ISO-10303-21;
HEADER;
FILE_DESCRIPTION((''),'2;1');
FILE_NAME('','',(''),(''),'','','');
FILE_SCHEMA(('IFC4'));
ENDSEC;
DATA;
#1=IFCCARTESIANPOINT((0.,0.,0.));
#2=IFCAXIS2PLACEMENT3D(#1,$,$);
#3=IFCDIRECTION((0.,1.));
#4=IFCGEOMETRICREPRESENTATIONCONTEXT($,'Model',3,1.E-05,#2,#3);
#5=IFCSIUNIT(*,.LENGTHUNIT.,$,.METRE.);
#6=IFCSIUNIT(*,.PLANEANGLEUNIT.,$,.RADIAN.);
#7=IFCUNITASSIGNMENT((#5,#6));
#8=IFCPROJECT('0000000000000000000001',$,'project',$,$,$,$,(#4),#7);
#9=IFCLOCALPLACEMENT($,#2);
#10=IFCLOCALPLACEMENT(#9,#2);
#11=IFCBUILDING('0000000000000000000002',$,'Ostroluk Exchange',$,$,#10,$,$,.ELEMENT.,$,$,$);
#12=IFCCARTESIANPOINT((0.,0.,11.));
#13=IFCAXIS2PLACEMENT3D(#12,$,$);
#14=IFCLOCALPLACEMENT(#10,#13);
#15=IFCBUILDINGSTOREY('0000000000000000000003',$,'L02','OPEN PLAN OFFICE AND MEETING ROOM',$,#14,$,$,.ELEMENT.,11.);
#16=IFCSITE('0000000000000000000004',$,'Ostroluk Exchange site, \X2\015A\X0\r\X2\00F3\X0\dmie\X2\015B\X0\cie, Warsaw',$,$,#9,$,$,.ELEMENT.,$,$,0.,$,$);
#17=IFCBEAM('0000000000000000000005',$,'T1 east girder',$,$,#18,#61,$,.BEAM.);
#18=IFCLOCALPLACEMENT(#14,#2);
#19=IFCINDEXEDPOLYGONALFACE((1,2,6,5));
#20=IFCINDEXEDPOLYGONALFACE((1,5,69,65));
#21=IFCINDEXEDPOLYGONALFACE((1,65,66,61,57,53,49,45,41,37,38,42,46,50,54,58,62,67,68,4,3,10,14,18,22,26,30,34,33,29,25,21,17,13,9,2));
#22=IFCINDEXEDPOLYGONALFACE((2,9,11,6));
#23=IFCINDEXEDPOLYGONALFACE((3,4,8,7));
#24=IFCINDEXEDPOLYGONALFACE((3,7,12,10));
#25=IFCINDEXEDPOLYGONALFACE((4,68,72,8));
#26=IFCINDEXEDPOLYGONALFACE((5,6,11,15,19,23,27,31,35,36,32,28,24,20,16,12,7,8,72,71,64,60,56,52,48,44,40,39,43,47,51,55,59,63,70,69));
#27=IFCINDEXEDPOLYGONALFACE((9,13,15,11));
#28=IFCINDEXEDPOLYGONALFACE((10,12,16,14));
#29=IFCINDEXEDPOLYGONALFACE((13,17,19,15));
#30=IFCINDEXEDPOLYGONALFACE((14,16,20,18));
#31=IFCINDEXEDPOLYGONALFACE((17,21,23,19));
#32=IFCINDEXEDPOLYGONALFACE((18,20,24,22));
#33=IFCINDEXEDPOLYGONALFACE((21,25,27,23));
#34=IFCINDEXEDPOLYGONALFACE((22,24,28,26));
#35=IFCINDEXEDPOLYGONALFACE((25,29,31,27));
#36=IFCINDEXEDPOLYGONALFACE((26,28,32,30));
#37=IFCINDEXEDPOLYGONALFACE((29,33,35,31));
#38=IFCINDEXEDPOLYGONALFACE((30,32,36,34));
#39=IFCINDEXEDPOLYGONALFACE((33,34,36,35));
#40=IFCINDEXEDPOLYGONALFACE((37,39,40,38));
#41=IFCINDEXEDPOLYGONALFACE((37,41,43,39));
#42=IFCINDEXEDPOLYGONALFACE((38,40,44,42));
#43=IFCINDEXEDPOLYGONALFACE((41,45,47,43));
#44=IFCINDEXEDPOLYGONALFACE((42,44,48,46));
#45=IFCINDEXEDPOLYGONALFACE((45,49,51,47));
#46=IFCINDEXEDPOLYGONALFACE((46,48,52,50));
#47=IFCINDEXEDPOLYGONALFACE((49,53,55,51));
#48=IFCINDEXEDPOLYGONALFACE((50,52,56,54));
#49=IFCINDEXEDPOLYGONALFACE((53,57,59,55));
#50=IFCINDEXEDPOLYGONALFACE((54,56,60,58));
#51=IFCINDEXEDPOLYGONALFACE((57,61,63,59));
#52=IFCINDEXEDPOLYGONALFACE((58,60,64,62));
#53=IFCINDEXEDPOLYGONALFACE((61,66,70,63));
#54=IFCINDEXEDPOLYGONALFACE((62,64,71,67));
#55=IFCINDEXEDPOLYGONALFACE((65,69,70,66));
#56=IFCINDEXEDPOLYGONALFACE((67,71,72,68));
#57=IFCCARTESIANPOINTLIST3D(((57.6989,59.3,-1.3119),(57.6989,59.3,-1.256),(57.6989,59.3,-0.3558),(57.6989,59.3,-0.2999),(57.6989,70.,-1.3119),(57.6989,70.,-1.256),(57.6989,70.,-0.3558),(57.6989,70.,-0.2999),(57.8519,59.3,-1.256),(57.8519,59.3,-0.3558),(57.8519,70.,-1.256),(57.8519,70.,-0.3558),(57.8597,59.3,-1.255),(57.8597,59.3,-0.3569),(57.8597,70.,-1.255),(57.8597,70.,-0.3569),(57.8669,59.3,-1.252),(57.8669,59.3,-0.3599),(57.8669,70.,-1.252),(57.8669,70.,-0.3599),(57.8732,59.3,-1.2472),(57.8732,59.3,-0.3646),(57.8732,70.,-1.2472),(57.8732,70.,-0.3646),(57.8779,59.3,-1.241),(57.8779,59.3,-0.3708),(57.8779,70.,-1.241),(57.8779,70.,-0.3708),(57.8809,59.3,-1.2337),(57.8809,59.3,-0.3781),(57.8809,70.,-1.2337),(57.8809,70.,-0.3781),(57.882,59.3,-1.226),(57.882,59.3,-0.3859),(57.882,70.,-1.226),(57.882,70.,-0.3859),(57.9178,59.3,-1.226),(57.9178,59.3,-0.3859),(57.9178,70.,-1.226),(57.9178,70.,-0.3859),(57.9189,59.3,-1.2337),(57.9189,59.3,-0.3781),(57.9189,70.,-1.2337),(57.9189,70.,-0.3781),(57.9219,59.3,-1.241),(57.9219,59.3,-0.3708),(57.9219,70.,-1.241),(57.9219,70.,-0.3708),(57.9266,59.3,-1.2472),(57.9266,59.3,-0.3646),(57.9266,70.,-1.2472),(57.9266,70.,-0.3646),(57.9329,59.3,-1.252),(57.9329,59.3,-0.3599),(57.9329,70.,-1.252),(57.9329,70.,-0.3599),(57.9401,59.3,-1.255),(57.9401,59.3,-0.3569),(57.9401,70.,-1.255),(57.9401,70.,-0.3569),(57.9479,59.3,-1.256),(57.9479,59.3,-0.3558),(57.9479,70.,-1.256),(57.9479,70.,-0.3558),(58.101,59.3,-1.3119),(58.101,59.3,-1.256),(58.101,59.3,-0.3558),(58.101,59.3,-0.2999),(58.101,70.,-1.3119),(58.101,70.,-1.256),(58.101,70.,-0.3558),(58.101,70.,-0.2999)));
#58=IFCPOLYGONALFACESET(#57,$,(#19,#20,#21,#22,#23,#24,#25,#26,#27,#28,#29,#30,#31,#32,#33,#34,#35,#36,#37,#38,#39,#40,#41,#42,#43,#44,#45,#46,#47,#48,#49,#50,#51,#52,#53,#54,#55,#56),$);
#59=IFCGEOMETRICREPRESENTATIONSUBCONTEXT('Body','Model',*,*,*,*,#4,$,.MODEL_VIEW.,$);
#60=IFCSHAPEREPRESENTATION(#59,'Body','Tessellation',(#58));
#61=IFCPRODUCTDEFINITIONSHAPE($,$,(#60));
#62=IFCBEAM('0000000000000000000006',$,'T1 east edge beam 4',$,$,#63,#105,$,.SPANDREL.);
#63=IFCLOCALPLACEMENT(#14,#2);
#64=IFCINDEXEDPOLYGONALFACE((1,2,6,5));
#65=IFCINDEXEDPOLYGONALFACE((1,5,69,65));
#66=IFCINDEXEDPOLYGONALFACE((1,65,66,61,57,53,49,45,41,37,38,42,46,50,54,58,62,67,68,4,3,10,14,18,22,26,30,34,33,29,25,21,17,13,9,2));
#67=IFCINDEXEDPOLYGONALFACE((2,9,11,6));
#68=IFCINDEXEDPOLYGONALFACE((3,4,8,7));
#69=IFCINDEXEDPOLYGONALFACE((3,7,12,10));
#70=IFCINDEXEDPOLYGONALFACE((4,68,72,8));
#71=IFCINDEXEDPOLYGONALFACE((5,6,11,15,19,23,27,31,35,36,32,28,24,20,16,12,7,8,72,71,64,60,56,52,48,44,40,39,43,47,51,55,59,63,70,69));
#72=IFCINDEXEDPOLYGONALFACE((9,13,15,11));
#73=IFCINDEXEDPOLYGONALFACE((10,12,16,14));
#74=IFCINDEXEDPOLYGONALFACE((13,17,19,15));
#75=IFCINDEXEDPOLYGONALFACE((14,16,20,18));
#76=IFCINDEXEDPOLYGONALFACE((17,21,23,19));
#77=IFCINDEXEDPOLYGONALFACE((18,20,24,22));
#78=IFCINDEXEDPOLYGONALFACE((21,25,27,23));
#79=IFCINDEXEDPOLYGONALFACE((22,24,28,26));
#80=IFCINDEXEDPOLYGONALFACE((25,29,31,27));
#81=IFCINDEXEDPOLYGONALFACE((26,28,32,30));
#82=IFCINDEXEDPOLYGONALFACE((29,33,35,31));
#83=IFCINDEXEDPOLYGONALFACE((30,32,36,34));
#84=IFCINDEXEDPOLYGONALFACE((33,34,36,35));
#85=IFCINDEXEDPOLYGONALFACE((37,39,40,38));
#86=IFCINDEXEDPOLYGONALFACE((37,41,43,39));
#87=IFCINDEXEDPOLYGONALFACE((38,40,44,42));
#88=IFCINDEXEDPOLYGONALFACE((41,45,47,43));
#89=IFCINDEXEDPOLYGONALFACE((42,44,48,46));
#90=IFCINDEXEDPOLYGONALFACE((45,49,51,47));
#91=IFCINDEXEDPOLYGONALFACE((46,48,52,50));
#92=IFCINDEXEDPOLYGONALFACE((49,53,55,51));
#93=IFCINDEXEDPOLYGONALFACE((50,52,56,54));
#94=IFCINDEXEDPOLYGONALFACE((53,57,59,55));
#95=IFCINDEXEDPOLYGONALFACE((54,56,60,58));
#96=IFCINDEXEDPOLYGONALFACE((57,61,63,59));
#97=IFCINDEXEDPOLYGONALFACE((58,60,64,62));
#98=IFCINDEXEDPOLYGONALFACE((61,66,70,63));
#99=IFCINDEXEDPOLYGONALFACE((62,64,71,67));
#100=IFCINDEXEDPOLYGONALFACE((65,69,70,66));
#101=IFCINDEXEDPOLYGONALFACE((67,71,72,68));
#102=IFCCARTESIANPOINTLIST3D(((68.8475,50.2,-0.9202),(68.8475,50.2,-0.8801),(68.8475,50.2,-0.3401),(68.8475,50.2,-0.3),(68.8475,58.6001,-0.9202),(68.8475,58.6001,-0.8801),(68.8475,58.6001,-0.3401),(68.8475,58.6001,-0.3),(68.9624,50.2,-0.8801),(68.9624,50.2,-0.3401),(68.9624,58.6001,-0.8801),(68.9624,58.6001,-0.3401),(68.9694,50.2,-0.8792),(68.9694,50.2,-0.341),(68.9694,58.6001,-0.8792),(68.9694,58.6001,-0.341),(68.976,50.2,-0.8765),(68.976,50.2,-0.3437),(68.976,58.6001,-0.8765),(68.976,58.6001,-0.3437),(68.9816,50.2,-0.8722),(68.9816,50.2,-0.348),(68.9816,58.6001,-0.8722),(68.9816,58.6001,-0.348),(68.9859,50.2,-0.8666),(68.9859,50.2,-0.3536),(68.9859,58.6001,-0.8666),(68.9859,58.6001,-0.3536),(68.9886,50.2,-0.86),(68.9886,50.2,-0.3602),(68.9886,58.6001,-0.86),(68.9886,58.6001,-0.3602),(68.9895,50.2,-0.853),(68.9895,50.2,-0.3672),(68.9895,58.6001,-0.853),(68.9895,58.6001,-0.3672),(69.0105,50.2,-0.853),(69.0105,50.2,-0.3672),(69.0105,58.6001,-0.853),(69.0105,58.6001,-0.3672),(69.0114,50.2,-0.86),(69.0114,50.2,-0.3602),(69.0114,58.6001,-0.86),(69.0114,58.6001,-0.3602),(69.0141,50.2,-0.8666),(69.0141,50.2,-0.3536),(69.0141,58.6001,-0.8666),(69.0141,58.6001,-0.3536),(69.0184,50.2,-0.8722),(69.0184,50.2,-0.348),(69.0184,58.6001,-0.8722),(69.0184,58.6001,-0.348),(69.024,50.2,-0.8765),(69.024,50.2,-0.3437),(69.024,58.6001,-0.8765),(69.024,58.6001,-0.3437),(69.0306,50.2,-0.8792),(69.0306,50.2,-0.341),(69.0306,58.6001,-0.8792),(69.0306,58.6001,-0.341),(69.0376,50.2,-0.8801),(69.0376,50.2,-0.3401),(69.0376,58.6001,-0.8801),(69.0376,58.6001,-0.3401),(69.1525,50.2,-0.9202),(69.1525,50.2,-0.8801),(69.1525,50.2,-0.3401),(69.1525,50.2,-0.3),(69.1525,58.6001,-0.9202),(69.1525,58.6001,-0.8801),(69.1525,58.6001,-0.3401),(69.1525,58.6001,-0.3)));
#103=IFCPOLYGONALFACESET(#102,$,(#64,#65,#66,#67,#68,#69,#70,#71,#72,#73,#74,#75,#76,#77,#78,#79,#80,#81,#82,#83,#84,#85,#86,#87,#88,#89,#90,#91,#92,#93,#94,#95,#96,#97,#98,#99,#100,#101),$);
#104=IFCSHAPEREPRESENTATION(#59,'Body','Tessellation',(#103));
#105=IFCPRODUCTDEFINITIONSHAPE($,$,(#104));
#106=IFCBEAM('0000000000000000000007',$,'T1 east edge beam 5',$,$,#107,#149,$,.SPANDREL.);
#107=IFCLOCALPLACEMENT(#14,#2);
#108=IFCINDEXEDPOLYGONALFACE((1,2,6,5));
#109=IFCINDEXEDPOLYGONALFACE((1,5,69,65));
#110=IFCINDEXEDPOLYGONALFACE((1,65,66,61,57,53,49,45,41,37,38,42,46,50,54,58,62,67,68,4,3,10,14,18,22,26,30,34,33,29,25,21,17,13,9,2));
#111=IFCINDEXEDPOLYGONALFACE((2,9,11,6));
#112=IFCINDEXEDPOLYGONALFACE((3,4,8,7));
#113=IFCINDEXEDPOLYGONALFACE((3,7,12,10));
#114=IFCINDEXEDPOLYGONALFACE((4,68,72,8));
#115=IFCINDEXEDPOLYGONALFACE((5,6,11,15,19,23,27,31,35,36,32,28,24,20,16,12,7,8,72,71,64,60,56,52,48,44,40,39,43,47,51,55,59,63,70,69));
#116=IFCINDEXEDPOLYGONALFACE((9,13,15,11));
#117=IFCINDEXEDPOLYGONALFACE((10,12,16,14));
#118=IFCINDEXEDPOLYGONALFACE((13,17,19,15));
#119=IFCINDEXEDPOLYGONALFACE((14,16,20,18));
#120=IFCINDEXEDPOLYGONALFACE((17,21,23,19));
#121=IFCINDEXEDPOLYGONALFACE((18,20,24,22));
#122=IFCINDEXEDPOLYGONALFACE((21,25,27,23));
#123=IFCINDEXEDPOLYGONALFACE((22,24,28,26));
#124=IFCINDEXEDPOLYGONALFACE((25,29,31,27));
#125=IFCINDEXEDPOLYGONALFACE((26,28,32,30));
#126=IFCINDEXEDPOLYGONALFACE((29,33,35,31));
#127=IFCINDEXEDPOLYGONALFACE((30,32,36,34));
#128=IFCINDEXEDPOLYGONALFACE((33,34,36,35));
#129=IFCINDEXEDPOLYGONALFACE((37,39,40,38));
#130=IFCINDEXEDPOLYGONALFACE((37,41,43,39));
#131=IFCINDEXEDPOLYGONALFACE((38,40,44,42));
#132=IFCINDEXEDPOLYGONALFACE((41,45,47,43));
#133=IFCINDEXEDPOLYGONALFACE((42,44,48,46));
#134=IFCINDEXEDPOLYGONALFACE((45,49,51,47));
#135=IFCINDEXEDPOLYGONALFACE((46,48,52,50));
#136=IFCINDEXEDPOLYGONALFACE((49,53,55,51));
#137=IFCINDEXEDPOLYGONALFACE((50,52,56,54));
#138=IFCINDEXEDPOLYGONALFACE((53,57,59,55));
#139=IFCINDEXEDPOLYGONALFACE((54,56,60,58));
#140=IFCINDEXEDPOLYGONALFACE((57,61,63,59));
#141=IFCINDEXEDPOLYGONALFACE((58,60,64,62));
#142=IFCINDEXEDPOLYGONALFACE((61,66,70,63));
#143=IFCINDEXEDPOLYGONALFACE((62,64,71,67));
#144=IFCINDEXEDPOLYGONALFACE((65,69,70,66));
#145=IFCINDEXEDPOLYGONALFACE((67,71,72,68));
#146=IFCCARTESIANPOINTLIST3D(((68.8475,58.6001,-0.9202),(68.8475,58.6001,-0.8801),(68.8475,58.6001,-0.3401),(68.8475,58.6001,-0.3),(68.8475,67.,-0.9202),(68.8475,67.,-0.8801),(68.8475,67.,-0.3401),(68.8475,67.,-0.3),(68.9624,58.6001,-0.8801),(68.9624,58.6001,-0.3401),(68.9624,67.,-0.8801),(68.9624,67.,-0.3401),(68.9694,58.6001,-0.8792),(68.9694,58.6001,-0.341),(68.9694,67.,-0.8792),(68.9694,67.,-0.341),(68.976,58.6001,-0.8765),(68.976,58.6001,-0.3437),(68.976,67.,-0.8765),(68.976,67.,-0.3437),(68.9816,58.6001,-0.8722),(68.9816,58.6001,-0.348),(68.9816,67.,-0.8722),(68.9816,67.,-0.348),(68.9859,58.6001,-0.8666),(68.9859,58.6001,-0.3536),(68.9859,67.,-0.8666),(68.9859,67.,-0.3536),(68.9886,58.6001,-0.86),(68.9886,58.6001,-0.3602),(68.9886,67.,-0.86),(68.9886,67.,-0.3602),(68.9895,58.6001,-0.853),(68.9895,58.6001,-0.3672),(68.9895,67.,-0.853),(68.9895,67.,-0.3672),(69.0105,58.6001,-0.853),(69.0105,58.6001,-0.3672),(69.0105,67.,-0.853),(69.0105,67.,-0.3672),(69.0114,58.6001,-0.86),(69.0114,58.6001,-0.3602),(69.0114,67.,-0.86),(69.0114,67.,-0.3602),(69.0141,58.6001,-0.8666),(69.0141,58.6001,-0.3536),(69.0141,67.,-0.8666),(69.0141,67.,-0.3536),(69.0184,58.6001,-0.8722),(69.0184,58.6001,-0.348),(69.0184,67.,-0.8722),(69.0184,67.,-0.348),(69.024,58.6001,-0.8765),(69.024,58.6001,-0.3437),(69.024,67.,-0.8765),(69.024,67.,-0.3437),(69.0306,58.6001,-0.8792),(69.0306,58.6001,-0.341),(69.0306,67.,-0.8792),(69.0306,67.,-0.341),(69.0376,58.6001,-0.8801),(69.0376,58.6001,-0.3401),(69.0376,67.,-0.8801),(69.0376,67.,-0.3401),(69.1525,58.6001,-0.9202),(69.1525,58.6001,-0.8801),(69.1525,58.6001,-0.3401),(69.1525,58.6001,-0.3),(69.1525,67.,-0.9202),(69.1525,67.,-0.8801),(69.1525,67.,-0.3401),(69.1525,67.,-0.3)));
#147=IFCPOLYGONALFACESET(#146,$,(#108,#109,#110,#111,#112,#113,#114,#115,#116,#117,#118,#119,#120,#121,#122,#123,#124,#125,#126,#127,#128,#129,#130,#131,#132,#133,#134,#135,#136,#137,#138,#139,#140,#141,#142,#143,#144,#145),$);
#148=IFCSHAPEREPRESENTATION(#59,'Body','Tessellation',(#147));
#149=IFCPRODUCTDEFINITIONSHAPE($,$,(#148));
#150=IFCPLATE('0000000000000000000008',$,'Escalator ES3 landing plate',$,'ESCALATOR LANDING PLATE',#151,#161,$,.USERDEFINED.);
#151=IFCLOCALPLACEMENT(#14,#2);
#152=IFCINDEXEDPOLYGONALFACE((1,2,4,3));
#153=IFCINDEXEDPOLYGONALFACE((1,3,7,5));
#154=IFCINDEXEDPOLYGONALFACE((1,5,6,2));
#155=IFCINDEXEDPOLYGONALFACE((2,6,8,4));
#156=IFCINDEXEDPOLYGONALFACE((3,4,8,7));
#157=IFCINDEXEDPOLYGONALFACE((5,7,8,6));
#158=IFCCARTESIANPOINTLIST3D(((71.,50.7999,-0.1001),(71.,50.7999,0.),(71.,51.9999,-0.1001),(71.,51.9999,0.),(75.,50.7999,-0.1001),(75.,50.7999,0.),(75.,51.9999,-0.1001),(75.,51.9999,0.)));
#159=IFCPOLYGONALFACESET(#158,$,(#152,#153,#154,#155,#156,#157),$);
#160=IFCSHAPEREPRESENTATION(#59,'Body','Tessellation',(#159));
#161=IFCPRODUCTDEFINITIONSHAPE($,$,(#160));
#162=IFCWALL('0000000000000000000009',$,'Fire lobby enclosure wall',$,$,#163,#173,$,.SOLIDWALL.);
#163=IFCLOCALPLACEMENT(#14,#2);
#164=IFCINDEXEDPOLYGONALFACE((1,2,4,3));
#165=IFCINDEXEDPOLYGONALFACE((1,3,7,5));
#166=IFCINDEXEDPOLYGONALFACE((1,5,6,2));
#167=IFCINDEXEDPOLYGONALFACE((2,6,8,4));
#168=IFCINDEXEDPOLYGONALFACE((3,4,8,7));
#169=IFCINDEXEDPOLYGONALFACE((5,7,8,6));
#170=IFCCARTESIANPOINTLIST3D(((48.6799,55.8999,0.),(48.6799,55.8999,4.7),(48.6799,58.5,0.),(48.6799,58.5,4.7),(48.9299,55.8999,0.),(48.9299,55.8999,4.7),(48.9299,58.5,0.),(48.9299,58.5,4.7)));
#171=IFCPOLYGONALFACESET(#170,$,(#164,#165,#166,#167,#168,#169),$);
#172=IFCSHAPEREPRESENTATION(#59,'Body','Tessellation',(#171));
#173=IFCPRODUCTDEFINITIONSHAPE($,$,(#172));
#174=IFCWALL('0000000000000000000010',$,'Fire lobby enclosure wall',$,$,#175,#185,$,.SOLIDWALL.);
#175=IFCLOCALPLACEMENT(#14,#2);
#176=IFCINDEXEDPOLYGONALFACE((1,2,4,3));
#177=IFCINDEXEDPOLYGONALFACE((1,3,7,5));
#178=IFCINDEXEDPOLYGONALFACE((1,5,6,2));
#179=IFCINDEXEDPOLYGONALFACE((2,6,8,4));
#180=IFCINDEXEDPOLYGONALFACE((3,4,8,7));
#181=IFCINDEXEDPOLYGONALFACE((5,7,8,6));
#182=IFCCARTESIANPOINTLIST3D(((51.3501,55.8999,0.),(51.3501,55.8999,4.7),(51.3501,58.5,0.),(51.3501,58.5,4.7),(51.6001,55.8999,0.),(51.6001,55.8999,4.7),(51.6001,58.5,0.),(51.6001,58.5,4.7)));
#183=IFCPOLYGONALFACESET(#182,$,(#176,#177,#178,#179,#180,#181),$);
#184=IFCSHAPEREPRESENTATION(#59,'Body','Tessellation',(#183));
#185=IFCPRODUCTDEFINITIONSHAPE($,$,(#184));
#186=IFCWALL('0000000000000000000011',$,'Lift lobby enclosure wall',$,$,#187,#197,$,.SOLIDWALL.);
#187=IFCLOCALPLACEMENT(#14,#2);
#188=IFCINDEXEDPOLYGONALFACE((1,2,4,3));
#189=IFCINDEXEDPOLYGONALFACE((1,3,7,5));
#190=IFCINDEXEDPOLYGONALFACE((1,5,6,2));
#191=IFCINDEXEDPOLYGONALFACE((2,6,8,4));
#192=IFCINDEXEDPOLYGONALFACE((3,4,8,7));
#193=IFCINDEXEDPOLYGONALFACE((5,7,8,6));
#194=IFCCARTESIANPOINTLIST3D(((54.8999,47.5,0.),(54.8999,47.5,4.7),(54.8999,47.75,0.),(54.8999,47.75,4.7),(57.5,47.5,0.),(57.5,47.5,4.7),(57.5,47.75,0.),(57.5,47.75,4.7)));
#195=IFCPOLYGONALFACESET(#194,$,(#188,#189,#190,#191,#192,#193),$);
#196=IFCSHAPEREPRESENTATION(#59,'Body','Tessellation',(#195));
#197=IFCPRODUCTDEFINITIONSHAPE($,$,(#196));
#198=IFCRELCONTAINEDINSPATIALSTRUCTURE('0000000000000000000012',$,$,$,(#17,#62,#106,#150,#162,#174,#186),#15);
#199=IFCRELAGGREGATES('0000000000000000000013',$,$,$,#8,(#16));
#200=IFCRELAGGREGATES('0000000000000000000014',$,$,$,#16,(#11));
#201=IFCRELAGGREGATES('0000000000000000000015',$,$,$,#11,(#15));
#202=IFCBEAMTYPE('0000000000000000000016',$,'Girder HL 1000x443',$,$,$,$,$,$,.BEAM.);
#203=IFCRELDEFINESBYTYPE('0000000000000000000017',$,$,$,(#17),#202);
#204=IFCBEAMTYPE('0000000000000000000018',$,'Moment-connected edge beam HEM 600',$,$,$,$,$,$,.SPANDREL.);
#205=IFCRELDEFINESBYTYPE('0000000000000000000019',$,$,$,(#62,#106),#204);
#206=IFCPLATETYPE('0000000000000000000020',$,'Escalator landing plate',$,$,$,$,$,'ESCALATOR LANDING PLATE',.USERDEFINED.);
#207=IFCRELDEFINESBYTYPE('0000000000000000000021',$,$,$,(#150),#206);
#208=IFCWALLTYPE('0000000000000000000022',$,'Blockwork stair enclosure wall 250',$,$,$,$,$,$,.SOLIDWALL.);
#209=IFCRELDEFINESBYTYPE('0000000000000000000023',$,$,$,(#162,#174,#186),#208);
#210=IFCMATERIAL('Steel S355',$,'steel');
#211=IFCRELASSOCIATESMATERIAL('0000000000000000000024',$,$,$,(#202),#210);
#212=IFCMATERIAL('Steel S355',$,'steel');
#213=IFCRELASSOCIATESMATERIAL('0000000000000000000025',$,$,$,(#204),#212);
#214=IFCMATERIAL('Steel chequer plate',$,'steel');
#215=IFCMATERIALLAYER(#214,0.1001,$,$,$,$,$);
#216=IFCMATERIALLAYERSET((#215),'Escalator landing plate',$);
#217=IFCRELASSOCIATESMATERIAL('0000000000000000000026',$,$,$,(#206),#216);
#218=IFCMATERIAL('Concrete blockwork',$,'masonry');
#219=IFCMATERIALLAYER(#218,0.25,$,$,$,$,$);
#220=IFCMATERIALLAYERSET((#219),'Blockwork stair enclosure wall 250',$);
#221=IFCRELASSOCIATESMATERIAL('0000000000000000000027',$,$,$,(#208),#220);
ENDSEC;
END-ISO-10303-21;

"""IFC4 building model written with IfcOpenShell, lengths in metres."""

from ifc_helpers import new_model, si_unit, direction, frame, frame_2d, origin, origin_2d, place, context, subcontext, project, spatial, rectangle, i_section, extrude, material, layer, layer_set, material_profile, profile_set, type_object, element, save


model = new_model("IFC4")

# Units and contexts
model_context = context("Model", 3, precision=1e-05, world=origin(), true_north=direction((0.0, 1.0)))
body_context = subcontext(model_context, "Body", "Model", "MODEL_VIEW")
ifc_project = project(units=[si_unit("LENGTHUNIT", "METRE"), si_unit("PLANEANGLEUNIT", "RADIAN")], contexts=[model_context])

# Site, building, storey
site_placement = place(None, origin())
site = spatial("IfcSite", under=ifc_project, at=site_placement, Name="Ostroluk Exchange site, Śródmieście, Warsaw", CompositionType="ELEMENT", RefElevation=0.0)
building_placement = place(site_placement, origin())
building = spatial("IfcBuilding", under=site, at=building_placement, Name="Ostroluk Exchange", CompositionType="ELEMENT")
storey_placement = place(building_placement, frame((0.0, 0.0, 11.0)))
storey = spatial("IfcBuildingStorey", under=building, at=storey_placement, Name="L02", Description="OPEN PLAN OFFICE AND MEETING ROOM", CompositionType="ELEMENT", Elevation=11.0)

# Beams
ifc_material_1 = material(Name="Steel S355", Category="steel")
ifc_material_profile_1 = material_profile(ifc_material_1, i_section(OverallWidth=0.4021, OverallDepth=1.012, WebThickness=0.0359, FlangeThickness=0.0559, FilletRadius=0.03, at=origin_2d()), Name="HL 1000x443")
ifc_profile_set_1 = profile_set([ifc_material_profile_1], Name="Steel S355")
beam_type_1 = type_object("IfcBeamType", Name="Girder HL 1000x443", PredefinedType="BEAM", material=ifc_profile_set_1)
beam_1_placement = place(storey_placement, frame((57.8999, 59.3, -0.8059), z_axis=(0.0, 1.0, 0.0), x_axis=(-1.0, 0.0, 0.0)))
element("IfcBeam", 1, at=beam_1_placement, inside=storey, type_object=beam_type_1, Name="T1 east girder", PredefinedType="BEAM", context=body_context, shape_type="SweptSolid", body=[
    extrude(i_section(OverallWidth=0.4021, OverallDepth=1.012, WebThickness=0.0359, FlangeThickness=0.0559, FilletRadius=0.03, at=origin_2d()), origin(), (0.0, 0.0, 1.0), 10.7),
])
ifc_material_2 = material(Name="Steel S355", Category="steel")
ifc_material_profile_2 = material_profile(ifc_material_2, i_section(OverallWidth=0.3049, OverallDepth=0.6201, WebThickness=0.021, FlangeThickness=0.04, FilletRadius=0.0271, at=origin_2d()), Name="HEM 600")
ifc_profile_set_2 = profile_set([ifc_material_profile_2], Name="Steel S355")
beam_type_2 = type_object("IfcBeamType", Name="Moment-connected edge beam HEM 600", PredefinedType="SPANDREL", material=ifc_profile_set_2)
beam_2_placement = place(storey_placement, frame((69.0, 50.2, -0.6101), z_axis=(0.0, 1.0, 0.0), x_axis=(-1.0, 0.0, 0.0)))
element("IfcBeam", 2, at=beam_2_placement, inside=storey, type_object=beam_type_2, Name="T1 east edge beam 4", PredefinedType="SPANDREL", context=body_context, shape_type="SweptSolid", body=[
    extrude(i_section(OverallWidth=0.3049, OverallDepth=0.6201, WebThickness=0.021, FlangeThickness=0.04, FilletRadius=0.0271, at=origin_2d()), origin(), (0.0, 0.0, 1.0), 8.4001),
])
beam_3_placement = place(storey_placement, frame((69.0, 58.6001, -0.6101), z_axis=(0.0, 1.0, 0.0), x_axis=(-1.0, 0.0, 0.0)))
element("IfcBeam", 3, at=beam_3_placement, inside=storey, type_object=beam_type_2, Name="T1 east edge beam 5", PredefinedType="SPANDREL", context=body_context, shape_type="SweptSolid", body=[
    extrude(i_section(OverallWidth=0.3049, OverallDepth=0.6201, WebThickness=0.021, FlangeThickness=0.04, FilletRadius=0.0271, at=origin_2d()), origin(), (0.0, 0.0, 1.0), 8.3999),
])

# Plate
ifc_material_3 = material(Name="Steel chequer plate", Category="steel")
ifc_layer_1 = layer(ifc_material_3, 0.1001)
ifc_layer_set_1 = layer_set([ifc_layer_1], Name="Escalator landing plate")
plate_type = type_object("IfcPlateType", Name="Escalator landing plate", ElementType="ESCALATOR LANDING PLATE", PredefinedType="USERDEFINED", material=ifc_layer_set_1)
plate_placement = place(storey_placement, frame((73.0, 51.3999, -0.1001), z_axis=(0.0, 0.0, 1.0), x_axis=(1.0, 0.0, 0.0)))
element("IfcPlate", 4, at=plate_placement, inside=storey, type_object=plate_type, Name="Escalator ES3 landing plate", ObjectType="ESCALATOR LANDING PLATE", PredefinedType="USERDEFINED", context=body_context, shape_type="SweptSolid", body=[
    extrude(rectangle(XDim=4.0, YDim=1.2, at=origin_2d()), origin(), (0.0, 0.0, 1.0), 0.1001),
])

# Walls
ifc_material_4 = material(Name="Concrete blockwork", Category="masonry")
ifc_layer_2 = layer(ifc_material_4, 0.25)
ifc_layer_set_2 = layer_set([ifc_layer_2], Name="Blockwork stair enclosure wall 250")
wall_type_1 = type_object("IfcWallType", Name="Blockwork stair enclosure wall 250", PredefinedType="SOLIDWALL", material=ifc_layer_set_2)
for number, where, z_axis, x_axis, name in (
    (5, (48.8049, 55.8999, 0.0), (0.0, 0.0, 1.0), (0.0, 1.0, 0.0), "Fire lobby enclosure wall"),
    (6, (51.4751, 55.8999, 0.0), (0.0, 0.0, 1.0), (0.0, 1.0, 0.0), "Fire lobby enclosure wall"),
    (7, (54.8999, 47.625, 0.0), (0.0, 0.0, 1.0), (1.0, 0.0, 0.0), "Lift lobby enclosure wall"),
):
    element("IfcWall", number, at=place(storey_placement, frame(where, z_axis=z_axis, x_axis=x_axis)), inside=storey, type_object=wall_type_1, Name=name, PredefinedType="SOLIDWALL", context=body_context, shape_type="SweptSolid", body=[
        extrude(rectangle(XDim=2.6001, YDim=0.25, at=frame_2d((1.3, 0.0))), origin(), (0.0, 0.0, 1.0), 4.7),
    ])

save(model, "model.ifc")
